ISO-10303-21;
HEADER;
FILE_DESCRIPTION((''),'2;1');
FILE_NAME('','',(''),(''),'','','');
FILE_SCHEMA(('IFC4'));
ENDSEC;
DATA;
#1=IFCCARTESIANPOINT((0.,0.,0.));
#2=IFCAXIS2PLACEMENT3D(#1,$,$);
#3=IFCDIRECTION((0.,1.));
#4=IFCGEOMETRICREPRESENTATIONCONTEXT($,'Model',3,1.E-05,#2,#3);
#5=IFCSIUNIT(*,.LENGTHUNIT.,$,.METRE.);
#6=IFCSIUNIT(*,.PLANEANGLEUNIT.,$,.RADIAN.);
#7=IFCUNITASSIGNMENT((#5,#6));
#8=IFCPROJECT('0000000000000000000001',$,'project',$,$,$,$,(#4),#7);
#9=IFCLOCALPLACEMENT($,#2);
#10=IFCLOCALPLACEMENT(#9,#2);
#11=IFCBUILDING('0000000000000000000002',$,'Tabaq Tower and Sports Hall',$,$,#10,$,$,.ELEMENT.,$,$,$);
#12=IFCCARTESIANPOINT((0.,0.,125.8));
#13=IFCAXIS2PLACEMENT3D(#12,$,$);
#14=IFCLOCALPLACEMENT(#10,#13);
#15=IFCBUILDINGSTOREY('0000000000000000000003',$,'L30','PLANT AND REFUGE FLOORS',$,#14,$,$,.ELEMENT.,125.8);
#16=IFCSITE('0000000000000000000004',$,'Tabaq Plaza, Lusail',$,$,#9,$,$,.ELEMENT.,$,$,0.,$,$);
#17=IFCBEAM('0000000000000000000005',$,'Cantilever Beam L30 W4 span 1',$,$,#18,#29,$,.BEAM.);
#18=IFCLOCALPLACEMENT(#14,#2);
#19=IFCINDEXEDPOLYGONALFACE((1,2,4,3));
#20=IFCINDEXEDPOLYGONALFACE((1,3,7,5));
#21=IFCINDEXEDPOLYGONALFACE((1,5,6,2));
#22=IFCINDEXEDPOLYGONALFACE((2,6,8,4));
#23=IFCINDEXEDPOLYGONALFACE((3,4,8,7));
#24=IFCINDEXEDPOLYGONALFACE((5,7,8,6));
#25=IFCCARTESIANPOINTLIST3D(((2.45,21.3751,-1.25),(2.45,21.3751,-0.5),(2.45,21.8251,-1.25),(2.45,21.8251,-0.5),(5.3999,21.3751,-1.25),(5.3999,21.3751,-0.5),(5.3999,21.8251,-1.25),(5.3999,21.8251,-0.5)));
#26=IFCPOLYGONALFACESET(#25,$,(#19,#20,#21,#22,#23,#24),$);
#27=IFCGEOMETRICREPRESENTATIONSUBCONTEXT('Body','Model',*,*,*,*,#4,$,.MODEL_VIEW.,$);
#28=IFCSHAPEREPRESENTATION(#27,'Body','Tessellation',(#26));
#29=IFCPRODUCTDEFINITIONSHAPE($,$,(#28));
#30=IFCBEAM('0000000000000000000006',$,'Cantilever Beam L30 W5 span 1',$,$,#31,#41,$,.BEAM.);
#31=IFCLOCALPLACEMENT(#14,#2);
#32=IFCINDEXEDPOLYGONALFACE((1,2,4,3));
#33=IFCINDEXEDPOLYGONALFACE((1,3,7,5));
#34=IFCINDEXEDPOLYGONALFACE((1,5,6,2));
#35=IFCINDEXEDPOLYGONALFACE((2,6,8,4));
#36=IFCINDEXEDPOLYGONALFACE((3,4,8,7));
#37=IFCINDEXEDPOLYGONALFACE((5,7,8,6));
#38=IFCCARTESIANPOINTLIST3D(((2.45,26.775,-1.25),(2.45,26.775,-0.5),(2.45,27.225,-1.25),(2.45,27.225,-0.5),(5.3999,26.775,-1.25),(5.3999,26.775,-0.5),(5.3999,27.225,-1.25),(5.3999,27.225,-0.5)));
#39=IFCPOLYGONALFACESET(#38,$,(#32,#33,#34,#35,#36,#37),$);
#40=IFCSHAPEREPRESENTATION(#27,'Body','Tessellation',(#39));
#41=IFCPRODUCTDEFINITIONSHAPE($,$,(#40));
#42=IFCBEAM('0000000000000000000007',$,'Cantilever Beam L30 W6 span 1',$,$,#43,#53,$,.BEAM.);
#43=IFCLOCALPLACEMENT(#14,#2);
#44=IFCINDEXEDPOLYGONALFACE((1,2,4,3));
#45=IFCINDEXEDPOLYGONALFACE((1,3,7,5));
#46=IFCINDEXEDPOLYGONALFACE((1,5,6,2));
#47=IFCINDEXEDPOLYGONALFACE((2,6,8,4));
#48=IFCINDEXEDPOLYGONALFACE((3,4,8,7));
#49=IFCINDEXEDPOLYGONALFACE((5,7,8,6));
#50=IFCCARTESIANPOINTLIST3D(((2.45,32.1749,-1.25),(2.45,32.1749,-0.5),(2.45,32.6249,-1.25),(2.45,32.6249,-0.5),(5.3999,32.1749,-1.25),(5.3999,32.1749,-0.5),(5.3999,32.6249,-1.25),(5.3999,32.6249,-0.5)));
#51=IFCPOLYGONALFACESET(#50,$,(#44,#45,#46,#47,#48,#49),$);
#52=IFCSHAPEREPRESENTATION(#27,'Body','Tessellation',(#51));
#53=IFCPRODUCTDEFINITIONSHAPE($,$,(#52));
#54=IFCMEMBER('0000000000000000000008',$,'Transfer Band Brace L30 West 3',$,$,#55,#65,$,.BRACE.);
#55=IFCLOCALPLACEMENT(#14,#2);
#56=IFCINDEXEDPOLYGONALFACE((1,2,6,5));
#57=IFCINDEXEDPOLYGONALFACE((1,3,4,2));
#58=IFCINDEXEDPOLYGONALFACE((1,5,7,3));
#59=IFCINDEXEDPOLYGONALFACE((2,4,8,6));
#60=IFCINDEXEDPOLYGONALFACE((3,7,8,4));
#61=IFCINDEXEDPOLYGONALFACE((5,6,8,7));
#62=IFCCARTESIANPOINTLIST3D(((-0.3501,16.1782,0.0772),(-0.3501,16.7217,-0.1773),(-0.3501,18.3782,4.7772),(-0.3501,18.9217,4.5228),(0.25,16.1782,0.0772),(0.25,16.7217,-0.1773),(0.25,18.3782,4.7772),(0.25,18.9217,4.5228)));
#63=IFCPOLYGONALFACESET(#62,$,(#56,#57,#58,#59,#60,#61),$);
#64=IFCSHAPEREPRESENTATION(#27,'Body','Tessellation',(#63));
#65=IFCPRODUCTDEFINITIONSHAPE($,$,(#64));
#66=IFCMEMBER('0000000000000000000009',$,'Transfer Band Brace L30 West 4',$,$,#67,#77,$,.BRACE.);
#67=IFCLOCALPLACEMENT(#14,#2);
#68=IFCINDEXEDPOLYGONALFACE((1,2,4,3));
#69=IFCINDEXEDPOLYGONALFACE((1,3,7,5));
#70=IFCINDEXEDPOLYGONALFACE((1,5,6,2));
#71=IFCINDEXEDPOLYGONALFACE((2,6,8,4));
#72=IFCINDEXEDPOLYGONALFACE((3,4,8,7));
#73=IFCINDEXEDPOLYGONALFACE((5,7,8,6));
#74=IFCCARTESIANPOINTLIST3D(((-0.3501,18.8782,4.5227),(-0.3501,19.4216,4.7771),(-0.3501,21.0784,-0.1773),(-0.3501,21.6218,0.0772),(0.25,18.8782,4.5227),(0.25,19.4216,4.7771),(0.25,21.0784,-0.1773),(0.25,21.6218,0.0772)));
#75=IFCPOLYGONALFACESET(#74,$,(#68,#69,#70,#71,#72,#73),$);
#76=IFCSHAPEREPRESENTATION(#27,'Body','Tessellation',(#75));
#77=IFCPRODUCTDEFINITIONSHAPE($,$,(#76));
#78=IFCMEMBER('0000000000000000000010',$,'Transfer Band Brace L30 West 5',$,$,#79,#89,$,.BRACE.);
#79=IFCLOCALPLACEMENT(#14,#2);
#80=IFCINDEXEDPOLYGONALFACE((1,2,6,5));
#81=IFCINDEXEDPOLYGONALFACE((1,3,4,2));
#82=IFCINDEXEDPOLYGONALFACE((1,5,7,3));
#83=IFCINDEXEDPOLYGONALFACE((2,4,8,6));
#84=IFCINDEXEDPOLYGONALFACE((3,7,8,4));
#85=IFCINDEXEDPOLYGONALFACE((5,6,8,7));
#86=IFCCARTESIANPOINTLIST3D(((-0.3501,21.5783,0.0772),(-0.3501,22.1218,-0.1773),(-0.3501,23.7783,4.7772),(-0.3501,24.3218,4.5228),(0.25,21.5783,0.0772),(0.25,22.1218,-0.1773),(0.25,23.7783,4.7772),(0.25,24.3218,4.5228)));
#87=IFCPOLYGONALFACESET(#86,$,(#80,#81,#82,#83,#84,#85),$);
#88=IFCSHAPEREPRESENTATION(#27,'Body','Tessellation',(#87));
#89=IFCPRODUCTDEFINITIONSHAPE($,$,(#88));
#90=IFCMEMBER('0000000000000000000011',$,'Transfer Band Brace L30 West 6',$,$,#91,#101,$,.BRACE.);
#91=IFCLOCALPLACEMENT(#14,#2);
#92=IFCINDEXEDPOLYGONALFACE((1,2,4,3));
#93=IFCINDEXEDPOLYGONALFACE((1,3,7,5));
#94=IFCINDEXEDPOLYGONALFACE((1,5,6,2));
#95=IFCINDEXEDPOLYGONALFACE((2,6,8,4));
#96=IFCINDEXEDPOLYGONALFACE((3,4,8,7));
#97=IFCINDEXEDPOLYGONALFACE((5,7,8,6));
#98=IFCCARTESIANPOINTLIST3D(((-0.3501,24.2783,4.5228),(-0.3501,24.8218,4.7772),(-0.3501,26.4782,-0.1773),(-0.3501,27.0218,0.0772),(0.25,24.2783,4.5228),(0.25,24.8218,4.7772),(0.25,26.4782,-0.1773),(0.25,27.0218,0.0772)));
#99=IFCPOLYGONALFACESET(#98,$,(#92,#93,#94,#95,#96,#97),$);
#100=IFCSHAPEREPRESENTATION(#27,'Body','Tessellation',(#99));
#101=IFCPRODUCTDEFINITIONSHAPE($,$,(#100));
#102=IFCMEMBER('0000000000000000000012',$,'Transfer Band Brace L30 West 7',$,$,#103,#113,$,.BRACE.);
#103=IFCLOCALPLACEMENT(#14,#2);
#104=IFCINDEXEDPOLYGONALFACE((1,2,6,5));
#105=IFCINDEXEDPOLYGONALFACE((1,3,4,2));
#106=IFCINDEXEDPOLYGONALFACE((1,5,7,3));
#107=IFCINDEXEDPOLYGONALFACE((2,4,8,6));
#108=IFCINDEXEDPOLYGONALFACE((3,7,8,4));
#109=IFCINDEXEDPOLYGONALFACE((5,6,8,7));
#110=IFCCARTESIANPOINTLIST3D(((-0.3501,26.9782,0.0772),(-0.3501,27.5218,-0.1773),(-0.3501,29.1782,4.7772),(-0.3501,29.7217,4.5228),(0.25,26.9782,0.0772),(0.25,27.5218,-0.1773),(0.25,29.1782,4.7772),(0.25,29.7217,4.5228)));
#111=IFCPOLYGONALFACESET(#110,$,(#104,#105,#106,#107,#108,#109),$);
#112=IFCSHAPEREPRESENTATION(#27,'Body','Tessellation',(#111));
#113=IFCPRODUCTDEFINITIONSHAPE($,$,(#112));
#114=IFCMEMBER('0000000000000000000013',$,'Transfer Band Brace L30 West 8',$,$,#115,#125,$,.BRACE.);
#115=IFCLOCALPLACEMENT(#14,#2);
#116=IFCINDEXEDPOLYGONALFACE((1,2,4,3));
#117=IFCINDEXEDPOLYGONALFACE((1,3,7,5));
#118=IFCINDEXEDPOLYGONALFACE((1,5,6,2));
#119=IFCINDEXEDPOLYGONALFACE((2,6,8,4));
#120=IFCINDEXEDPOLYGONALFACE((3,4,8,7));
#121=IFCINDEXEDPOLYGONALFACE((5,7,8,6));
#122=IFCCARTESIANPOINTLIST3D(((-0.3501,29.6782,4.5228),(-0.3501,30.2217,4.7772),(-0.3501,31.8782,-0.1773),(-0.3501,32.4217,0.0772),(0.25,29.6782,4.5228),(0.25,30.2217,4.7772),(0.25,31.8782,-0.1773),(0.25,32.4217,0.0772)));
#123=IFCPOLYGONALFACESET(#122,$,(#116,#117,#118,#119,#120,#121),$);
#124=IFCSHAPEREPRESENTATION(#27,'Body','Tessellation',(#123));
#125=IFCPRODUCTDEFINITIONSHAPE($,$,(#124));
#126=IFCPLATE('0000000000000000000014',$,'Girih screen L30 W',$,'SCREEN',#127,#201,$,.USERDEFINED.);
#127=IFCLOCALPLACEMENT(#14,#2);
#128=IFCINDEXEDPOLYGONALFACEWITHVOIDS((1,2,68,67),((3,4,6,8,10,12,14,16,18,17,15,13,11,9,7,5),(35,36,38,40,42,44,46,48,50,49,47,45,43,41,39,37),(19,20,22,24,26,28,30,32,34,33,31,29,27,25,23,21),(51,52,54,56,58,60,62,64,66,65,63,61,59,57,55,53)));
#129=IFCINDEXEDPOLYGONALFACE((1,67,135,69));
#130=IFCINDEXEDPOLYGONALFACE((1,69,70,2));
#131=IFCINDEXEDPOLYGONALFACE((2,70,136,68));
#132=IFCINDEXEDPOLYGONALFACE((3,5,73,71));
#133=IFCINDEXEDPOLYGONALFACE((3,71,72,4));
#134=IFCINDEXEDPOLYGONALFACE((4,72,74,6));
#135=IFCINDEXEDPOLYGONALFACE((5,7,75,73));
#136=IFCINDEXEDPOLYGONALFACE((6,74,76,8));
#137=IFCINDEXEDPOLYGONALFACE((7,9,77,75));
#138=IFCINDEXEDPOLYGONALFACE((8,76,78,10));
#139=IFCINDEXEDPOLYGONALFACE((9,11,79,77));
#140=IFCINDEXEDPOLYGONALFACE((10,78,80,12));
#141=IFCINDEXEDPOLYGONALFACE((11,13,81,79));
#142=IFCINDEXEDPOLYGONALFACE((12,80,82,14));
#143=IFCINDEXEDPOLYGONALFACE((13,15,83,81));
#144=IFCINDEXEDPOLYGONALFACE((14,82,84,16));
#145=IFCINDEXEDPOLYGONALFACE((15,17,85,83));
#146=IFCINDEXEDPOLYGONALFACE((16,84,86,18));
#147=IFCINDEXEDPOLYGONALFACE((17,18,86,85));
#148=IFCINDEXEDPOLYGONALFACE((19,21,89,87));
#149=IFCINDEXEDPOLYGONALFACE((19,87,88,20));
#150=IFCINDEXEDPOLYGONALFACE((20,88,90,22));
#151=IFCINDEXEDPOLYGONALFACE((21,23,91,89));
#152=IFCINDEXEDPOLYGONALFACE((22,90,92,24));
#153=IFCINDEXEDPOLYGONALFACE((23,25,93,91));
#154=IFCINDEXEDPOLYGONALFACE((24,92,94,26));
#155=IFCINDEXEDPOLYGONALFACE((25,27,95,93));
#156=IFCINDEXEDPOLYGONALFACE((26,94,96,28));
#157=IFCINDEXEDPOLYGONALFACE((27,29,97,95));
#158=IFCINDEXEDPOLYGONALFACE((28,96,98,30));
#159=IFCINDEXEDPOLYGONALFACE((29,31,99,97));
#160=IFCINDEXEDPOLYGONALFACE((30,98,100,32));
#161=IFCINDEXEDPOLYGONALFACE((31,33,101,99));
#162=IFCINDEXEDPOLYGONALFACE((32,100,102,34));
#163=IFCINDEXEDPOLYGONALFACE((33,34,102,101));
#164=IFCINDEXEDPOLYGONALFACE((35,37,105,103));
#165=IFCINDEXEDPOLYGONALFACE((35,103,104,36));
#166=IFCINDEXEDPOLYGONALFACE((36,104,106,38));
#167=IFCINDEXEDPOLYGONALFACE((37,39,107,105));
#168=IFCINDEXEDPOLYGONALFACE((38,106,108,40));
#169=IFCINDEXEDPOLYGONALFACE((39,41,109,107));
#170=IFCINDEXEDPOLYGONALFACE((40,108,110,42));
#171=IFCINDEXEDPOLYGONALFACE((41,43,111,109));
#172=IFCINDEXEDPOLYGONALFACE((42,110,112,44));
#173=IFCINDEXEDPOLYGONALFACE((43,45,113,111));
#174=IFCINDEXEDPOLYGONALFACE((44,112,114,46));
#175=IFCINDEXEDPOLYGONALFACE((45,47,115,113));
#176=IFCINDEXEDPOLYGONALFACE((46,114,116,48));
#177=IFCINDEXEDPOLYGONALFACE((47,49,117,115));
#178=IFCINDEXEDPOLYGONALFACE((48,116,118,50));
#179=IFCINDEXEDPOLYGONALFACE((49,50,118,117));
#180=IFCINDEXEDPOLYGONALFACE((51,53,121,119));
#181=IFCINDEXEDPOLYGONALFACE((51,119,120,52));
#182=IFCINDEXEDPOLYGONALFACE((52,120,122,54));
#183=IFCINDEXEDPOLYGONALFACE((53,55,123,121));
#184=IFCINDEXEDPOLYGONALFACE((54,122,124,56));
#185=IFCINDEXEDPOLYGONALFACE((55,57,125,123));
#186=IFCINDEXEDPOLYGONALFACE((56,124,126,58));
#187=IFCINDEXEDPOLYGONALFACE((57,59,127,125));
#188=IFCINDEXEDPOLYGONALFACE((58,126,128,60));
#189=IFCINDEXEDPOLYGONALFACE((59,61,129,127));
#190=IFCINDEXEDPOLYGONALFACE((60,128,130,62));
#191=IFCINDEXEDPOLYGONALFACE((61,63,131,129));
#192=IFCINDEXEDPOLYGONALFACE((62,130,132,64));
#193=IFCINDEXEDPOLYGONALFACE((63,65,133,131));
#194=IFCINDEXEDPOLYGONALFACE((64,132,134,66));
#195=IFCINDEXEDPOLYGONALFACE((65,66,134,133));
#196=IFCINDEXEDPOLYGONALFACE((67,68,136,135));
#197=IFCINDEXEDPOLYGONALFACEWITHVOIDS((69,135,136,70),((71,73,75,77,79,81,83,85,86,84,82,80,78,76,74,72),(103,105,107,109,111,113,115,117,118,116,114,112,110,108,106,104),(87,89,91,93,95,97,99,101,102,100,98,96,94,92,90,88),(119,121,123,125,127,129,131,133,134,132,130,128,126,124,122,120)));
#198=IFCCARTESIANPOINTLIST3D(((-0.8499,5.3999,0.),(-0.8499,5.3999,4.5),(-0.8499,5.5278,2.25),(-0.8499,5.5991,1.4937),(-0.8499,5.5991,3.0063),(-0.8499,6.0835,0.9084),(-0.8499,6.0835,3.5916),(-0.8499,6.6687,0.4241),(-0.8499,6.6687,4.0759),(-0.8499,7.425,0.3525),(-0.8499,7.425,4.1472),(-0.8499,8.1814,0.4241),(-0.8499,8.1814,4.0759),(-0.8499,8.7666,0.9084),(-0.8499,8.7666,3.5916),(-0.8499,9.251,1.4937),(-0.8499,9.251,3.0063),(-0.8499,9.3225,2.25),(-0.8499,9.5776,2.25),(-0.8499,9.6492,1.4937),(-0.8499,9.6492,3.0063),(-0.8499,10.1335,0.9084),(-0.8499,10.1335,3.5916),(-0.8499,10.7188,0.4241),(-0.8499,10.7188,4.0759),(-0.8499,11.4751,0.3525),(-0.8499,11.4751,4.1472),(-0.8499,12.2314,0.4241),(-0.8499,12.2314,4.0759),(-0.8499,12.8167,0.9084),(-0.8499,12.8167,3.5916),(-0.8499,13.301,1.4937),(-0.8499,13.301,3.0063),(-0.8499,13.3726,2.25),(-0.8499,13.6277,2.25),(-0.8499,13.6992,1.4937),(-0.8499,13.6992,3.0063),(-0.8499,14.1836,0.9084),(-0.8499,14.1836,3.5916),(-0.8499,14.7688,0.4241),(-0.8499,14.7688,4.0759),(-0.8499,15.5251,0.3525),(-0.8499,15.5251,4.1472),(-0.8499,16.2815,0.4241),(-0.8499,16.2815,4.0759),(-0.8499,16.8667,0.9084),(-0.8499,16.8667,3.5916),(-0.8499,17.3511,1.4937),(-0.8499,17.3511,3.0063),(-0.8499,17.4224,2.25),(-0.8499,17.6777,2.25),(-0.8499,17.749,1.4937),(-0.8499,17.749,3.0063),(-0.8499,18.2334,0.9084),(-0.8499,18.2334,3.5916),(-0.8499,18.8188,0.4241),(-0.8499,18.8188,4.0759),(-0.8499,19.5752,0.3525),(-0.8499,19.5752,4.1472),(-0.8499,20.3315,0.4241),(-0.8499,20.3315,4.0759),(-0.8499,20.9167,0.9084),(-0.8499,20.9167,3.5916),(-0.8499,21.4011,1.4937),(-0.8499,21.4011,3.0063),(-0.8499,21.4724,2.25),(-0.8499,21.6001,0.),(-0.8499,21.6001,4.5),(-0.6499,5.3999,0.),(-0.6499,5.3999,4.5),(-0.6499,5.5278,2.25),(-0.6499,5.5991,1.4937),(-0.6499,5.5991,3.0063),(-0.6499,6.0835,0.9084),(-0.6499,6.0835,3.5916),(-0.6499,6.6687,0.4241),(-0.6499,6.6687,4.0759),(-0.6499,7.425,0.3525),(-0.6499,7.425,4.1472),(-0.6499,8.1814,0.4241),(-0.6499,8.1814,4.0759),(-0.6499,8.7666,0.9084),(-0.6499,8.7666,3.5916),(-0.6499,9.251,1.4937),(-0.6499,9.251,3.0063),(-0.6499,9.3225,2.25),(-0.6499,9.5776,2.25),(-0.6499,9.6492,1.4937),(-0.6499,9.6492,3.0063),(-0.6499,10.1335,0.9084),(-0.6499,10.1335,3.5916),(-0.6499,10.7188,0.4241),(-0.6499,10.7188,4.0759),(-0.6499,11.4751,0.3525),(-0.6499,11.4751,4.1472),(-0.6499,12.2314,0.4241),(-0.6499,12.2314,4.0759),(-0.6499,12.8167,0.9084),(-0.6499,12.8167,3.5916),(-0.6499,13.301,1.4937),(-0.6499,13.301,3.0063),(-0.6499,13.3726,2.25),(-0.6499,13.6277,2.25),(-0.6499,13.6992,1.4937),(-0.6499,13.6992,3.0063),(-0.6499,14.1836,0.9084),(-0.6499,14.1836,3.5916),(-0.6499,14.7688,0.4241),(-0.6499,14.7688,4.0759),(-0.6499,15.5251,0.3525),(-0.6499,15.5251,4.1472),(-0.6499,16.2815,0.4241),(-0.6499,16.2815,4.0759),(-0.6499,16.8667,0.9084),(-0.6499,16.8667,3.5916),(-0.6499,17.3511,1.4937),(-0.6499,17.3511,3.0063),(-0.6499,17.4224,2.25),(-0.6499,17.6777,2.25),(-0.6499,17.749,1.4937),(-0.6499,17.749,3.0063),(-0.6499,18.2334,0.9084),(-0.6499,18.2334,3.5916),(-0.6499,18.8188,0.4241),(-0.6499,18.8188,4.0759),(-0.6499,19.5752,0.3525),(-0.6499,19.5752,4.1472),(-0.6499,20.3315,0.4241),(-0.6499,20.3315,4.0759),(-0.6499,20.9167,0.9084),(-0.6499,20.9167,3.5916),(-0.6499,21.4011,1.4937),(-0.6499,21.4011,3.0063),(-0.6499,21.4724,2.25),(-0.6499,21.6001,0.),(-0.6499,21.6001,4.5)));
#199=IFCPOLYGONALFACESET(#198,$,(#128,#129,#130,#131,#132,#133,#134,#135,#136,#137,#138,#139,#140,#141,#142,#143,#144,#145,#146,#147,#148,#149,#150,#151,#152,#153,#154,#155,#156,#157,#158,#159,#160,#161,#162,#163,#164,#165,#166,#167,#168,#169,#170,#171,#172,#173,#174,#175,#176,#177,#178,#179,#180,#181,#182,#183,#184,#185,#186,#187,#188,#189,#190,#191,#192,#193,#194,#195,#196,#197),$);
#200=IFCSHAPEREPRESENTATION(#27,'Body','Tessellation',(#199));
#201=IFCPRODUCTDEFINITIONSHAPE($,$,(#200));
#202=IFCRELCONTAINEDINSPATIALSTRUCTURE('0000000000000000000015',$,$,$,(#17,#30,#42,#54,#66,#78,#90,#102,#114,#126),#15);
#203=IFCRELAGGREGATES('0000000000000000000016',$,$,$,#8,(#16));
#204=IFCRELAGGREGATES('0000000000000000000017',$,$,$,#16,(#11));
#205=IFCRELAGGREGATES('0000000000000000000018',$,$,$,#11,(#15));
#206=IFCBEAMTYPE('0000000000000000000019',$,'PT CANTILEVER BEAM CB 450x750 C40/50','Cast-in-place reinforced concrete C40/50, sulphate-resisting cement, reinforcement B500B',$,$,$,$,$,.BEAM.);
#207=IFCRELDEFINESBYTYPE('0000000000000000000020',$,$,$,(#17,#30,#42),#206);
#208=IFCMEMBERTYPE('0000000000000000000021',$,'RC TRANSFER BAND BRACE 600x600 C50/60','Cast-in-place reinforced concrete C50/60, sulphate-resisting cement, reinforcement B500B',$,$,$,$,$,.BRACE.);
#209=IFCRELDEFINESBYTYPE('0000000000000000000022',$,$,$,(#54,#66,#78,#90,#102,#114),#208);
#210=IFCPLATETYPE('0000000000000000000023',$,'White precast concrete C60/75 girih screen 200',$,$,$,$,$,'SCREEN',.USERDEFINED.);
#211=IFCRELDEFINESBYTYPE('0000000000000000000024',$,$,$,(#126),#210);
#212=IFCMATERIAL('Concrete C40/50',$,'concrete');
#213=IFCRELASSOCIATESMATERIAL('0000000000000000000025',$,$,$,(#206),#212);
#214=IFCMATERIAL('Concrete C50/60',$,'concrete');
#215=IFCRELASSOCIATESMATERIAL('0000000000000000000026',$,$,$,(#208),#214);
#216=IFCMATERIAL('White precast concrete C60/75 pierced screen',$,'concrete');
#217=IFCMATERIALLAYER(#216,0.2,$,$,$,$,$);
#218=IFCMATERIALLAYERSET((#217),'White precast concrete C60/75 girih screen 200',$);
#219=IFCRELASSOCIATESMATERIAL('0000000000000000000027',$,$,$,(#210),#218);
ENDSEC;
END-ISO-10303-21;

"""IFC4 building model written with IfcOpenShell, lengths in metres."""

from ifc_helpers import new_model, si_unit, direction, frame, origin, origin_2d, place, context, subcontext, project, spatial, polyline, rectangle, outline, extrude, material, layer, layer_set, material_profile, profile_set, type_object, element, save


model = new_model("IFC4")

# Units and contexts
model_context = context("Model", 3, precision=1e-05, world=origin(), true_north=direction((0.0, 1.0)))
body_context = subcontext(model_context, "Body", "Model", "MODEL_VIEW")
ifc_project = project(units=[si_unit("LENGTHUNIT", "METRE"), si_unit("PLANEANGLEUNIT", "RADIAN")], contexts=[model_context])

# Site, building, storey
site_placement = place(None, origin())
site = spatial("IfcSite", under=ifc_project, at=site_placement, Name="Tabaq Plaza, Lusail", CompositionType="ELEMENT", RefElevation=0.0)
building_placement = place(site_placement, origin())
building = spatial("IfcBuilding", under=site, at=building_placement, Name="Tabaq Tower and Sports Hall", CompositionType="ELEMENT")
storey_placement = place(building_placement, frame((0.0, 0.0, 125.8)))
storey = spatial("IfcBuildingStorey", under=building, at=storey_placement, Name="L30", Description="PLANT AND REFUGE FLOORS", CompositionType="ELEMENT", Elevation=125.8)

# Beams
ifc_material_1 = material(Name="Concrete C40/50", Category="concrete")
ifc_material_profile_1 = material_profile(ifc_material_1, rectangle(XDim=0.45, YDim=0.75, at=origin_2d()), Name="CB 450x750")
ifc_profile_set_1 = profile_set([ifc_material_profile_1], Name="Concrete C40/50")
beam_type = type_object("IfcBeamType", Name="PT CANTILEVER BEAM CB 450x750 C40/50", Description="Cast-in-place reinforced concrete C40/50, sulphate-resisting cement, reinforcement B500B", PredefinedType="BEAM", material=ifc_profile_set_1)
for number, where, z_axis, x_axis, name in (
    (1, (2.45, 21.6001, -0.875), (1.0, 0.0, 0.0), (0.0, 1.0, 0.0), "Cantilever Beam L30 W4 span 1"),
    (2, (2.45, 27.0, -0.875), (1.0, 0.0, 0.0), (0.0, 1.0, 0.0), "Cantilever Beam L30 W5 span 1"),
    (3, (2.45, 32.3999, -0.875), (1.0, 0.0, 0.0), (0.0, 1.0, 0.0), "Cantilever Beam L30 W6 span 1"),
):
    element("IfcBeam", number, at=place(storey_placement, frame(where, z_axis=z_axis, x_axis=x_axis)), inside=storey, type_object=beam_type, Name=name, PredefinedType="BEAM", context=body_context, shape_type="SweptSolid", body=[
        extrude(rectangle(XDim=0.45, YDim=0.75, at=origin_2d()), origin(), (0.0, 0.0, 1.0), 2.95),
    ])

# Members
ifc_material_2 = material(Name="Concrete C50/60", Category="concrete")
ifc_material_profile_2 = material_profile(ifc_material_2, rectangle(XDim=0.6001, YDim=0.6001, at=origin_2d()), Name="TRANSFER BAND BRACE 600x600")
ifc_profile_set_2 = profile_set([ifc_material_profile_2], Name="Concrete C50/60")
member_type = type_object("IfcMemberType", Name="RC TRANSFER BAND BRACE 600x600 C50/60", Description="Cast-in-place reinforced concrete C50/60, sulphate-resisting cement, reinforcement B500B", PredefinedType="BRACE", material=ifc_profile_set_2)
for number, where, z_axis, x_axis, name in (
    (4, (-0.05, 16.45, -0.05), (0.0, 0.423936, 0.905692), (-1.0, 0.0, 0.0), "Transfer Band Brace L30 West 3"),
    (5, (-0.05, 21.3501, -0.05), (0.0, -0.423975, 0.905674), (1.0, 0.0, 0.0), "Transfer Band Brace L30 West 4"),
    (6, (-0.05, 21.8501, -0.05), (0.0, 0.423936, 0.905692), (-1.0, 0.0, 0.0), "Transfer Band Brace L30 West 5"),
    (7, (-0.05, 26.75, -0.05), (0.0, -0.423936, 0.905692), (1.0, 0.0, 0.0), "Transfer Band Brace L30 West 6"),
    (8, (-0.05, 27.25, -0.05), (0.0, 0.423936, 0.905692), (-1.0, 0.0, 0.0), "Transfer Band Brace L30 West 7"),
    (9, (-0.05, 32.1499, -0.05), (0.0, -0.423936, 0.905692), (1.0, 0.0, 0.0), "Transfer Band Brace L30 West 8"),
):
    element("IfcMember", number, at=place(storey_placement, frame(where, z_axis=z_axis, x_axis=x_axis)), inside=storey, type_object=member_type, Name=name, PredefinedType="BRACE", context=body_context, shape_type="SweptSolid", body=[
        extrude(rectangle(XDim=0.6001, YDim=0.6001, at=origin_2d()), origin(), (0.0, 0.0, 1.0), 5.1895),
    ])

# Plate
ifc_material_3 = material(Name="White precast concrete C60/75 pierced screen", Category="concrete")
ifc_layer_1 = layer(ifc_material_3, 0.2)
ifc_layer_set_1 = layer_set([ifc_layer_1], Name="White precast concrete C60/75 girih screen 200")
plate_type = type_object("IfcPlateType", Name="White precast concrete C60/75 girih screen 200", ElementType="SCREEN", PredefinedType="USERDEFINED", material=ifc_layer_set_1)
plate_placement = place(storey_placement, frame((-0.75, 21.6001, 0.0), z_axis=(0.0, 0.0, 1.0), x_axis=(0.0, -1.0, 0.0)))
element("IfcPlate", 10, at=plate_placement, inside=storey, type_object=plate_type, Name="Girih screen L30 W", ObjectType="SCREEN", PredefinedType="USERDEFINED", context=body_context, shape_type="SweptSolid", body=[
    extrude(outline(polyline([(0.0, 0.0), (16.2002, 0.0), (16.2002, 4.5), (0.0, 4.5), (0.0, 0.0)]), holes=[polyline([(3.8511, 3.0063), (3.3667, 3.5916), (2.7812, 4.0759), (2.0249, 4.1472), (1.2686, 4.0759), (0.6833, 3.5916), (0.199, 3.0063), (0.1277, 2.25), (0.199, 1.4937), (0.6833, 0.9084), (1.2686, 0.4241), (2.0249, 0.3525), (2.7812, 0.4241), (3.3667, 0.9084), (3.8511, 1.4937), (3.9224, 2.25), (3.8511, 3.0063)]), polyline([(7.9009, 3.0063), (7.4165, 3.5916), (6.8313, 4.0759), (6.075, 4.1472), (5.3186, 4.0759), (4.7334, 3.5916), (4.249, 3.0063), (4.1777, 2.25), (4.249, 1.4937), (4.7334, 0.9084), (5.3186, 0.4241), (6.075, 0.3525), (6.8313, 0.4241), (7.4165, 0.9084), (7.9009, 1.4937), (7.9724, 2.25), (7.9009, 3.0063)]), polyline([(11.9509, 3.0063), (11.4666, 3.5916), (10.8813, 4.0759), (10.125, 4.1472), (9.3687, 4.0759), (8.7834, 3.5916), (8.2991, 3.0063), (8.2275, 2.25), (8.2991, 1.4937), (8.7834, 0.9084), (9.3687, 0.4241), (10.125, 0.3525), (10.8813, 0.4241), (11.4666, 0.9084), (11.9509, 1.4937), (12.0225, 2.25), (11.9509, 3.0063)]), polyline([(16.001, 3.0063), (15.5166, 3.5916), (14.9314, 4.0759), (14.175, 4.1472), (13.4187, 4.0759), (12.8335, 3.5916), (12.3491, 3.0063), (12.2776, 2.25), (12.3491, 1.4937), (12.8335, 0.9084), (13.4187, 0.4241), (14.175, 0.3525), (14.9314, 0.4241), (15.5166, 0.9084), (16.001, 1.4937), (16.0723, 2.25), (16.001, 3.0063)])]), frame((0.0, 0.1001, 0.0), z_axis=(0.0, -1.0, 0.0), x_axis=(1.0, 0.0, 0.0)), (0.0, 0.0, 1.0), 0.2),
])

save(model, "model.ifc")
